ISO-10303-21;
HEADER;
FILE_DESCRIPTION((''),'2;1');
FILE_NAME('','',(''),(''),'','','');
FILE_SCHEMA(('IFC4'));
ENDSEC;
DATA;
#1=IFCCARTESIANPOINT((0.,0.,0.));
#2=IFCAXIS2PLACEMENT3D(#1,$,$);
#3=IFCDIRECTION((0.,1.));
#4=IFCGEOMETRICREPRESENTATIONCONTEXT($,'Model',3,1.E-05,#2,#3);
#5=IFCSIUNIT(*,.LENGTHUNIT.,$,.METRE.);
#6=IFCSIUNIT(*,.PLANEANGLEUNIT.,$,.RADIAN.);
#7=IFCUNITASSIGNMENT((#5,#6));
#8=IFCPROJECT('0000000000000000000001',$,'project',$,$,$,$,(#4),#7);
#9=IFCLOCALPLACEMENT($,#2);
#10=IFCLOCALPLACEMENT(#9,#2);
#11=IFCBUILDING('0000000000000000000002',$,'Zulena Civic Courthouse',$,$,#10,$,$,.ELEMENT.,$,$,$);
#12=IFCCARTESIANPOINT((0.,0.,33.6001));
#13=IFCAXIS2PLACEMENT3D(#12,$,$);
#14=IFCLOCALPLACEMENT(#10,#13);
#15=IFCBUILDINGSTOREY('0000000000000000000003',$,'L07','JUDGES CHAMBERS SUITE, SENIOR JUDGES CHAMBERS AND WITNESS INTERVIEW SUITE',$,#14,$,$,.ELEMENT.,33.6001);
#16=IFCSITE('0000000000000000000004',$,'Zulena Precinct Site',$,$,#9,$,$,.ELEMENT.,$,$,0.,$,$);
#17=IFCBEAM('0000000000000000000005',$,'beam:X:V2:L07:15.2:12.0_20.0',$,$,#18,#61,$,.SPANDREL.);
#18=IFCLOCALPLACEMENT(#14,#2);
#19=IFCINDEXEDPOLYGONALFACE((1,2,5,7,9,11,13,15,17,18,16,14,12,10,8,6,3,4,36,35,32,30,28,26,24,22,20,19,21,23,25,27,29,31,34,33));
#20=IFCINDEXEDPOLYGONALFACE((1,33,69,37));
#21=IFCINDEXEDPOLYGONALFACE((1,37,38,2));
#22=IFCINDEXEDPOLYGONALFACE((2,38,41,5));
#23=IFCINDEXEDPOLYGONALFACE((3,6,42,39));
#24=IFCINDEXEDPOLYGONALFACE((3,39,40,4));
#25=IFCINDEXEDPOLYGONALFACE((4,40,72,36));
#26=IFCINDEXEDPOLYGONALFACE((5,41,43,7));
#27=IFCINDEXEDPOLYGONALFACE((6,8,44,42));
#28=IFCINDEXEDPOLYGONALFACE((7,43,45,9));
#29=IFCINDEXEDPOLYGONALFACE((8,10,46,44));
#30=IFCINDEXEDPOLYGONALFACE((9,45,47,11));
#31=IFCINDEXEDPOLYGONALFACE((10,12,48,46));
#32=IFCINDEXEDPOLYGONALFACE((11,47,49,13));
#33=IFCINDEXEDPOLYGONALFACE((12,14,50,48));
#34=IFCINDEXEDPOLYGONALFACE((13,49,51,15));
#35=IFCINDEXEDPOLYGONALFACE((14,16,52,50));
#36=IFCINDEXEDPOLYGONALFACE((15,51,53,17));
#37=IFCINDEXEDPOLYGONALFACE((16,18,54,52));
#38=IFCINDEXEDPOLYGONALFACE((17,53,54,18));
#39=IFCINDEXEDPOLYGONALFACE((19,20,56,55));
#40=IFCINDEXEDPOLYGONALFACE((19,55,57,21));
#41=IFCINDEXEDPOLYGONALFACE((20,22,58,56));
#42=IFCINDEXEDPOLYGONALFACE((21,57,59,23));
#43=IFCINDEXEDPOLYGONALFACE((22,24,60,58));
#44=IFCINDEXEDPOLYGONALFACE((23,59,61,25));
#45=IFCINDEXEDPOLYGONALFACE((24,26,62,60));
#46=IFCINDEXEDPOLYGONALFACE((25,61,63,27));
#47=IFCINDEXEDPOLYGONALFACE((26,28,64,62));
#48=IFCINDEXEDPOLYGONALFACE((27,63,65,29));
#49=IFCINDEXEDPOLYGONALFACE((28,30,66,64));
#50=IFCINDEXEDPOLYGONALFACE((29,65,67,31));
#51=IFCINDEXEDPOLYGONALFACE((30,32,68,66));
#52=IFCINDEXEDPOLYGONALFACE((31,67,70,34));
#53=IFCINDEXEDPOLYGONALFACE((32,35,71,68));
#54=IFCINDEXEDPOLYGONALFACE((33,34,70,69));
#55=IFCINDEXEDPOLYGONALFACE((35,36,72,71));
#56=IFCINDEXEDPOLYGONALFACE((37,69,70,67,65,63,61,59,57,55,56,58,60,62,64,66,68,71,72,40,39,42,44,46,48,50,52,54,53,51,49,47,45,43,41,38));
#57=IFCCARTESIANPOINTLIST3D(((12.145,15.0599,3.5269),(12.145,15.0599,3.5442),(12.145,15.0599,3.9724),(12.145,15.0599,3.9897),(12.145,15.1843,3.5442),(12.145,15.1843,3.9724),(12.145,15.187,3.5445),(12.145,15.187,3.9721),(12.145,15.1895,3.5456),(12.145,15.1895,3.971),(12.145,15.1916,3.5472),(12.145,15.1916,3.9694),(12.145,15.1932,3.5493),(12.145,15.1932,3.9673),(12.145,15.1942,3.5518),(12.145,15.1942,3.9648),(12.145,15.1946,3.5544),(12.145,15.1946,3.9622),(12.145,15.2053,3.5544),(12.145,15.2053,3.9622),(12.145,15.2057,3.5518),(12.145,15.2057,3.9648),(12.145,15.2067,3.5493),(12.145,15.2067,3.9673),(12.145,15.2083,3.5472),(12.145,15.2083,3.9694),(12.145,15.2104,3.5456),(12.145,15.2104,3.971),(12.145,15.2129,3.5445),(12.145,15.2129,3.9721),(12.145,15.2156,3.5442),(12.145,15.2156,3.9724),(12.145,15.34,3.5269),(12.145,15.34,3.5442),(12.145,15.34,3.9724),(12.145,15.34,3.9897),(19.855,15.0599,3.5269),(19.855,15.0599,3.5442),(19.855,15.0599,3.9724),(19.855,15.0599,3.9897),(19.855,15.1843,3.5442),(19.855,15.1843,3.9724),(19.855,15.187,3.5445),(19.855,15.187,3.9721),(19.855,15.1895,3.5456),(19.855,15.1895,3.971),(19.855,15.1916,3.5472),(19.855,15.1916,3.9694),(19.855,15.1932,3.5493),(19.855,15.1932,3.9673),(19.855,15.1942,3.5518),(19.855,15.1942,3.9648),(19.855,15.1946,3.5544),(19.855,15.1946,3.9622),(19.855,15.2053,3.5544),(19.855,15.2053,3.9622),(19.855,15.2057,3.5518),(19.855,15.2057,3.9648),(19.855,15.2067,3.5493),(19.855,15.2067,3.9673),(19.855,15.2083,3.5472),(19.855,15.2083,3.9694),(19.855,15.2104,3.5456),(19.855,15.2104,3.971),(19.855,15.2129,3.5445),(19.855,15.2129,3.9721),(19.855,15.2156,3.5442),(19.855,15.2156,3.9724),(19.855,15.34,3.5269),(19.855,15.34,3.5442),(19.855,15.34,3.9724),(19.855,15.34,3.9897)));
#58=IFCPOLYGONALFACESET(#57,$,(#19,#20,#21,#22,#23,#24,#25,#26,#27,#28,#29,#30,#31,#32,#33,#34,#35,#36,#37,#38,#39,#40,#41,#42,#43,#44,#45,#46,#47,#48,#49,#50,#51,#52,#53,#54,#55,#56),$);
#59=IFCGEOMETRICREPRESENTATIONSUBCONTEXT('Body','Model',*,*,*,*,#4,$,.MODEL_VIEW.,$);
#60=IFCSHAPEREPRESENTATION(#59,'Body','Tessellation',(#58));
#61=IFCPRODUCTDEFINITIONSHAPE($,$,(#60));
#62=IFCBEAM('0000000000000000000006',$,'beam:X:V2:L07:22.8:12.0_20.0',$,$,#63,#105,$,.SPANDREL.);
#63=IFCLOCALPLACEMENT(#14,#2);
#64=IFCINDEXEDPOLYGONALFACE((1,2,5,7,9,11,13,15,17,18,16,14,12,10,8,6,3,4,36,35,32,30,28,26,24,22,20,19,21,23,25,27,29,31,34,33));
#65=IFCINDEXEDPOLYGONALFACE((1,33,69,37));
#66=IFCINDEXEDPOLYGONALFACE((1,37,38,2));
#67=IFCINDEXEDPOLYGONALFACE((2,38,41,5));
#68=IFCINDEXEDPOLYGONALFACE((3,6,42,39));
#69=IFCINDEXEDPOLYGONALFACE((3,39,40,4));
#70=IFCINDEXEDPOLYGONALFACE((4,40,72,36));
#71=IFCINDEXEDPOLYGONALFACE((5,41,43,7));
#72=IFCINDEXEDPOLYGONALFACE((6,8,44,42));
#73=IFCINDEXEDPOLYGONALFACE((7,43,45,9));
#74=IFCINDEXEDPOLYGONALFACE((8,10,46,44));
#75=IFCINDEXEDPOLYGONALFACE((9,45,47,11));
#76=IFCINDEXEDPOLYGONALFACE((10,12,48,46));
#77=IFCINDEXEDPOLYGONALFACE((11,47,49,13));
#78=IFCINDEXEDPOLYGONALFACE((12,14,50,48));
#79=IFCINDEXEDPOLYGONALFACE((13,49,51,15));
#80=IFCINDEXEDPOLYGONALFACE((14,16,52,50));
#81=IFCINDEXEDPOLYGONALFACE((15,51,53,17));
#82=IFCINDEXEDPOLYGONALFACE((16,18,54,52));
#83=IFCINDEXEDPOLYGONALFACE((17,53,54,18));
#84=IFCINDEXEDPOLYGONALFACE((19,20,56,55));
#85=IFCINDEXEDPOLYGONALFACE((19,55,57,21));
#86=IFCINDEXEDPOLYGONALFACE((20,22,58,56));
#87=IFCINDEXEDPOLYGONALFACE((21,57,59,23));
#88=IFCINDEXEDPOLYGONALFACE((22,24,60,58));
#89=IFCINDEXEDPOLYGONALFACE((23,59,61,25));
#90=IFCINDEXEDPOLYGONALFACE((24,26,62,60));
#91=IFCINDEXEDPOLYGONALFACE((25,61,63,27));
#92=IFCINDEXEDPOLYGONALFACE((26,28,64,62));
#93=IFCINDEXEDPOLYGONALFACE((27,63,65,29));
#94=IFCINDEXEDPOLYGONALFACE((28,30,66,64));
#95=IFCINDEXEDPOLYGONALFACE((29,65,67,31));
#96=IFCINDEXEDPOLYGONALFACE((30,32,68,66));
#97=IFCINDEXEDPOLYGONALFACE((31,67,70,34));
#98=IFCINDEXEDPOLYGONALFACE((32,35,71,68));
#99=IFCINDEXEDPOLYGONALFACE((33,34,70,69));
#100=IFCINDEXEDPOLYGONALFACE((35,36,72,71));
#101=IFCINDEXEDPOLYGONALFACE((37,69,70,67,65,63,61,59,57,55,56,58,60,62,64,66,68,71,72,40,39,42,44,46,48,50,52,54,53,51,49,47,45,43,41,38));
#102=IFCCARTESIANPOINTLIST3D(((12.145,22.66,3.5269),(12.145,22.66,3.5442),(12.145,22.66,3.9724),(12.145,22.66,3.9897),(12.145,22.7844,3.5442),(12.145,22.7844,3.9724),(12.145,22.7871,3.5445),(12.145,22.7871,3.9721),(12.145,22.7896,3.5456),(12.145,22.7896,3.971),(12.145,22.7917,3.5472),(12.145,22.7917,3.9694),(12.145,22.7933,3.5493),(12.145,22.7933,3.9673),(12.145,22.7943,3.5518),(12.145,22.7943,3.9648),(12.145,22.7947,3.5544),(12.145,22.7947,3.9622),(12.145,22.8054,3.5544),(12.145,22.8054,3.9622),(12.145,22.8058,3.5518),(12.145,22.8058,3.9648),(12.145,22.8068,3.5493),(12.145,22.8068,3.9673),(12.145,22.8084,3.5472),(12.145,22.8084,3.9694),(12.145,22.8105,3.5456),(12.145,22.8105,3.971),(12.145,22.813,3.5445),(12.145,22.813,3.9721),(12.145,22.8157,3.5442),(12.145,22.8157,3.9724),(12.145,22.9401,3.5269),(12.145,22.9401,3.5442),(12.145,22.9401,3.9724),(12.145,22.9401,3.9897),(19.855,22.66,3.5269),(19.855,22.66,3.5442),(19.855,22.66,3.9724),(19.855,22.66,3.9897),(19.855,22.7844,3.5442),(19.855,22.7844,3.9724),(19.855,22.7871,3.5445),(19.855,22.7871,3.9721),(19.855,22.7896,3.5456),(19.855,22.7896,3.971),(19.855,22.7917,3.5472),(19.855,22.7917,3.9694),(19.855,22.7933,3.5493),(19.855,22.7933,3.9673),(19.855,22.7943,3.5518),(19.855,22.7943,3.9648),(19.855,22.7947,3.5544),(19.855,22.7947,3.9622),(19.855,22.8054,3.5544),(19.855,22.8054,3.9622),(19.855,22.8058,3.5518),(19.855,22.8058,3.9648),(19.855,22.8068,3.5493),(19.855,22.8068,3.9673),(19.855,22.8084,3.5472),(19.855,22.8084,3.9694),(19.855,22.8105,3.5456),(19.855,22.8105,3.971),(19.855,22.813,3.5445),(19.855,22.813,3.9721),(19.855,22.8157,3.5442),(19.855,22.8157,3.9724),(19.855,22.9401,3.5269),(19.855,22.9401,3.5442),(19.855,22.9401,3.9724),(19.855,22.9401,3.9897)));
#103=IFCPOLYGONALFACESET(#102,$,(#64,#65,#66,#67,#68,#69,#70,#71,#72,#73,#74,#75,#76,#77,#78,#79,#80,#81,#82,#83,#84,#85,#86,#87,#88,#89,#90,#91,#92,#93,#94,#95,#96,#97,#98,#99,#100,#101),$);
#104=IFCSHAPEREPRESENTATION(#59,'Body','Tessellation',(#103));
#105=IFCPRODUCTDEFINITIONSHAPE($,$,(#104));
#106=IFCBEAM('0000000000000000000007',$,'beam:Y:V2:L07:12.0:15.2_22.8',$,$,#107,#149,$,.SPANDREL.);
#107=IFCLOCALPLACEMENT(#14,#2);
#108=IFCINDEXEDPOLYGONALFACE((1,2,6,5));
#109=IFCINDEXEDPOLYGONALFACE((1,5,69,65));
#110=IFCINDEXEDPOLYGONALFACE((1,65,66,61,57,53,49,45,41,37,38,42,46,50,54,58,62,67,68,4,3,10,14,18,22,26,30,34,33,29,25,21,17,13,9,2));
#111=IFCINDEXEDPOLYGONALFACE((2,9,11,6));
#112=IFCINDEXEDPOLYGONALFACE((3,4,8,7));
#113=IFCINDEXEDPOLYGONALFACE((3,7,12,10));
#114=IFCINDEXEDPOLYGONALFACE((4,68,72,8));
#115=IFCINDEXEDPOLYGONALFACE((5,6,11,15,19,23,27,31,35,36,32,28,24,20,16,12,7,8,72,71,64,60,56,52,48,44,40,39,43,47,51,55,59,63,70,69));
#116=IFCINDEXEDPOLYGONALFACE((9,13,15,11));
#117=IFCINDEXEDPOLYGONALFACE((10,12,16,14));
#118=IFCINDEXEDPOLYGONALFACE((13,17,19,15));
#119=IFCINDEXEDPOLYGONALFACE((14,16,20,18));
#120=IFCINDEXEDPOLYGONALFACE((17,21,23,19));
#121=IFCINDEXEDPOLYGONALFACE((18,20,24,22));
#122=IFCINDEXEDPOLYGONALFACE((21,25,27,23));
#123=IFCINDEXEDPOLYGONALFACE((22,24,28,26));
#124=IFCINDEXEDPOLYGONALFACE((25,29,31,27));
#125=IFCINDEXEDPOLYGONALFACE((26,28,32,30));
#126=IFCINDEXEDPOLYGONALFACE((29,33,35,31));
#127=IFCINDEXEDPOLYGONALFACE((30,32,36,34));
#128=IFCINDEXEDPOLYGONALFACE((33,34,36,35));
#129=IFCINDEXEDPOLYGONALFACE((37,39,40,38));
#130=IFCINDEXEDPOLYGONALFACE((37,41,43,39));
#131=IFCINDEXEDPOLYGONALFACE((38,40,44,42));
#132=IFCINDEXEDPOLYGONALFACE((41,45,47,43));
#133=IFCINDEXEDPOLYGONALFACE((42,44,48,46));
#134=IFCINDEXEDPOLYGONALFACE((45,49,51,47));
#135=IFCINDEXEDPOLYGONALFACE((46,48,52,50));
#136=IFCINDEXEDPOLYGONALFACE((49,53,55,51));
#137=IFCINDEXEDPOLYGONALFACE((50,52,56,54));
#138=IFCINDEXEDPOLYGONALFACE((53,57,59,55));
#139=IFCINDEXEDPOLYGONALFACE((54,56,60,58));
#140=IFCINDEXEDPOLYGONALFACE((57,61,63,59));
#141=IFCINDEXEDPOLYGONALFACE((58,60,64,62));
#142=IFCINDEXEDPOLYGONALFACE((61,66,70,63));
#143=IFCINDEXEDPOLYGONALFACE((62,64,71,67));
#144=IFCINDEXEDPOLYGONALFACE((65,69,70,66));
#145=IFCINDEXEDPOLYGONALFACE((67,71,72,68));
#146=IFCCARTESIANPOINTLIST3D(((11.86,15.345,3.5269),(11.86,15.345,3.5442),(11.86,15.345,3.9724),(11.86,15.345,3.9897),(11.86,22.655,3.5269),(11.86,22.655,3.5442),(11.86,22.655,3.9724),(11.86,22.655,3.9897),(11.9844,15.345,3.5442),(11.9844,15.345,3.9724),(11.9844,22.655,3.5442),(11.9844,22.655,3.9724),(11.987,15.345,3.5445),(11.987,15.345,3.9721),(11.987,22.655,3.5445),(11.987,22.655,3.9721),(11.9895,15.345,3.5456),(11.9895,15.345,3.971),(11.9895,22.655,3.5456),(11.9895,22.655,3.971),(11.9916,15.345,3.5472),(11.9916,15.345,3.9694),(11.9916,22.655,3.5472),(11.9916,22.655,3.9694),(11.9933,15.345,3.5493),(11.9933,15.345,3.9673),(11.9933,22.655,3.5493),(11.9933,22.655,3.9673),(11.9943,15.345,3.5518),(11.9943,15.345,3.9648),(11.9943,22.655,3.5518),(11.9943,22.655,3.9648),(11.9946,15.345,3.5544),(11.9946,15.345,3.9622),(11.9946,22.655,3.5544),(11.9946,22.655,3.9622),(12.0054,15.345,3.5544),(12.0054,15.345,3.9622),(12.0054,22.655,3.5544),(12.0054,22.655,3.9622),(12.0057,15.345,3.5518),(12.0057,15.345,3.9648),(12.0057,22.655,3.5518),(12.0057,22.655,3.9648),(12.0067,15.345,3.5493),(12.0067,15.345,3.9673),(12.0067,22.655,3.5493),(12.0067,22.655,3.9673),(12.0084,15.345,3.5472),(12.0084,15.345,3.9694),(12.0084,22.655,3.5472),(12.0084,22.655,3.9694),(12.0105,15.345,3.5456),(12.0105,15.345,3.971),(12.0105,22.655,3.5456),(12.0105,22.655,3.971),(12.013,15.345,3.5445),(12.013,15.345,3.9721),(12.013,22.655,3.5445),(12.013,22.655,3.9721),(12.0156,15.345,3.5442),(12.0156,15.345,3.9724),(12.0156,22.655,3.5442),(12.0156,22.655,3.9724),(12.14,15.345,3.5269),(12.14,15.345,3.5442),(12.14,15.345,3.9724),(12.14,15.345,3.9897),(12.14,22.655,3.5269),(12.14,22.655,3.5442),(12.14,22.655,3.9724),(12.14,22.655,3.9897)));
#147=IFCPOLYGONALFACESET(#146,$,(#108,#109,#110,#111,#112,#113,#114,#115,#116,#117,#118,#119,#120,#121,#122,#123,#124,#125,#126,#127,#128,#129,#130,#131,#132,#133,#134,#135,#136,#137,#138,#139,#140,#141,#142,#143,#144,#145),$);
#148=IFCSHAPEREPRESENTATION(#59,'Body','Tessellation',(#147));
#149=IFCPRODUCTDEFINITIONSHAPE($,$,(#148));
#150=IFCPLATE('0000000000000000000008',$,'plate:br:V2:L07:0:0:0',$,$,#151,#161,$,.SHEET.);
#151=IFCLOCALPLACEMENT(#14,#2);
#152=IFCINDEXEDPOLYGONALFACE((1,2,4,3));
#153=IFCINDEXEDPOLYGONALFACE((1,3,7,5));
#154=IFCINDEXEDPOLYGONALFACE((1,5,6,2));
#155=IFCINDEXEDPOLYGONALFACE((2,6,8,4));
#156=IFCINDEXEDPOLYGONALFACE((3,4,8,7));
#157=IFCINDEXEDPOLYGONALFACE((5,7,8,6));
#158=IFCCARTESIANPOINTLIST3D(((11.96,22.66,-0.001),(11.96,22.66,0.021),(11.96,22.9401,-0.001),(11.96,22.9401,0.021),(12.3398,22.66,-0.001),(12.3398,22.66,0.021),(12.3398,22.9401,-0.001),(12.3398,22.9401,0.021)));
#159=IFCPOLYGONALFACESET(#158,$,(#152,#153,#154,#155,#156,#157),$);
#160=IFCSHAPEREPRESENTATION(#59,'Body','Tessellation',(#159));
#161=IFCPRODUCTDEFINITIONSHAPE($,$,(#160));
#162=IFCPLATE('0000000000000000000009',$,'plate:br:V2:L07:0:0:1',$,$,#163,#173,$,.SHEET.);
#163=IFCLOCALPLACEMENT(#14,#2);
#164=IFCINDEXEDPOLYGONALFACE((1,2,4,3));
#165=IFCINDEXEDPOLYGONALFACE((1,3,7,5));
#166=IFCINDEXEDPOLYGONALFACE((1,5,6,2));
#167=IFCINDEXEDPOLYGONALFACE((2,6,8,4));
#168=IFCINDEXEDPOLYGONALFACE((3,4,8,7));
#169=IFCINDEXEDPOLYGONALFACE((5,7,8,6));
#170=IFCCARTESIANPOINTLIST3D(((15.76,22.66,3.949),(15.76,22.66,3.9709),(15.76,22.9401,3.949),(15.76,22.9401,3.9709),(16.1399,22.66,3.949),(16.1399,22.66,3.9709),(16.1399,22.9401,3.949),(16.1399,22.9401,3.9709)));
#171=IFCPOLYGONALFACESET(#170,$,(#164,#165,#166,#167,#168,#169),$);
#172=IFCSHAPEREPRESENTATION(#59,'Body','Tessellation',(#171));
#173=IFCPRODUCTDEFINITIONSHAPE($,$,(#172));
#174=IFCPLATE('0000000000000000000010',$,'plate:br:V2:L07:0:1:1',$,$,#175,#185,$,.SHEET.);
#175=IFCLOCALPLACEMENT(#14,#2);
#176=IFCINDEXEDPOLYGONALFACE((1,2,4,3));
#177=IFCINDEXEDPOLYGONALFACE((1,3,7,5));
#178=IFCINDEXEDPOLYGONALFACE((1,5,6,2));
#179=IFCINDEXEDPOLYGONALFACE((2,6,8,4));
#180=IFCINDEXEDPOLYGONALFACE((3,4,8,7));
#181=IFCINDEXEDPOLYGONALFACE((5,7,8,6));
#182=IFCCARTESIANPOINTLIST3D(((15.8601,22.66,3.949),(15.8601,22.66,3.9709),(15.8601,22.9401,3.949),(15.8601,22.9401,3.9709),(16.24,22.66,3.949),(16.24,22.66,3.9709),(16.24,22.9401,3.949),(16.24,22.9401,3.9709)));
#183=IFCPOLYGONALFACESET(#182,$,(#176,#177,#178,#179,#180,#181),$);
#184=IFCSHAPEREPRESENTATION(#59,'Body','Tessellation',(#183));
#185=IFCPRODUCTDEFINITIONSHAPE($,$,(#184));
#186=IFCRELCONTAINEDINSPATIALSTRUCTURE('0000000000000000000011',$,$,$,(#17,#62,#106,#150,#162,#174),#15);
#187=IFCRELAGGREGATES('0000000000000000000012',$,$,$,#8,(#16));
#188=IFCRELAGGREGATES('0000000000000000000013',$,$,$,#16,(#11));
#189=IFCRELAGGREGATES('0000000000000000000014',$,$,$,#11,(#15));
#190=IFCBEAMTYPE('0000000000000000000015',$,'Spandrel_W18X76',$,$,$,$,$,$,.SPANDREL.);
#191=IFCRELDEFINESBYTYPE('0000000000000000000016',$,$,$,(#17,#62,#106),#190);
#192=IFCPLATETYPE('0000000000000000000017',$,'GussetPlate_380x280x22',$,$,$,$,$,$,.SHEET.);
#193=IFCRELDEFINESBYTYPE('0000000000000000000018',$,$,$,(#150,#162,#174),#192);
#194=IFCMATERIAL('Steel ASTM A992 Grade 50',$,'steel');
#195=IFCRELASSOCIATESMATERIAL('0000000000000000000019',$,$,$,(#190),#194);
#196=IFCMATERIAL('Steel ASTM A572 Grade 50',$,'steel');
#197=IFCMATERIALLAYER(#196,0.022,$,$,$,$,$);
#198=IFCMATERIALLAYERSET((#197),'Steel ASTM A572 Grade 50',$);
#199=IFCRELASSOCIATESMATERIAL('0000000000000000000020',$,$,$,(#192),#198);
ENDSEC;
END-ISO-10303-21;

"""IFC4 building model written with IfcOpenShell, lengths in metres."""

from ifc_helpers import new_model, si_unit, direction, frame, origin, origin_2d, place, context, subcontext, project, spatial, rectangle, i_section, extrude, material, layer, layer_set, material_profile, profile_set, type_object, element, save


model = new_model("IFC4")

# Units and contexts
model_context = context("Model", 3, precision=1e-05, world=origin(), true_north=direction((0.0, 1.0)))
body_context = subcontext(model_context, "Body", "Model", "MODEL_VIEW")
ifc_project = project(units=[si_unit("LENGTHUNIT", "METRE"), si_unit("PLANEANGLEUNIT", "RADIAN")], contexts=[model_context])

# Site, building, storey
site_placement = place(None, origin())
site = spatial("IfcSite", under=ifc_project, at=site_placement, Name="Zulena Precinct Site", CompositionType="ELEMENT", RefElevation=0.0)
building_placement = place(site_placement, origin())
building = spatial("IfcBuilding", under=site, at=building_placement, Name="Zulena Civic Courthouse", CompositionType="ELEMENT")
storey_placement = place(building_placement, frame((0.0, 0.0, 33.6001)))
storey = spatial("IfcBuildingStorey", under=building, at=storey_placement, Name="L07", Description="JUDGES CHAMBERS SUITE, SENIOR JUDGES CHAMBERS AND WITNESS INTERVIEW SUITE", CompositionType="ELEMENT", Elevation=33.6001)

# Shared definitions
ifc_material_1 = material(Name="Steel ASTM A992 Grade 50", Category="steel")

# Beams
ifc_material_profile_1 = material_profile(ifc_material_1, i_section(OverallWidth=0.28, OverallDepth=0.4629, WebThickness=0.0107, FlangeThickness=0.0173, FilletRadius=0.0103, at=origin_2d()), Name="W18X76")
ifc_profile_set_1 = profile_set([ifc_material_profile_1], Name="Steel ASTM A992 Grade 50")
beam_type_1 = type_object("IfcBeamType", Name="Spandrel_W18X76", PredefinedType="SPANDREL", material=ifc_profile_set_1)
for number, where, z_axis, x_axis, name in (
    (1, (12.145, 15.2, 3.7583), (1.0, 0.0, 0.0), (0.0, 1.0, 0.0), "beam:X:V2:L07:15.2:12.0_20.0"),
    (2, (12.145, 22.8, 3.7583), (1.0, 0.0, 0.0), (0.0, 1.0, 0.0), "beam:X:V2:L07:22.8:12.0_20.0"),
):
    element("IfcBeam", number, at=place(storey_placement, frame(where, z_axis=z_axis, x_axis=x_axis)), inside=storey, type_object=beam_type_1, Name=name, PredefinedType="SPANDREL", context=body_context, shape_type="SweptSolid", body=[
        extrude(i_section(OverallWidth=0.28, OverallDepth=0.4629, WebThickness=0.0107, FlangeThickness=0.0173, FilletRadius=0.0103, at=origin_2d()), origin(), (0.0, 0.0, 1.0), 7.71),
    ])
beam_1_placement = place(storey_placement, frame((12.0, 15.345, 3.7583), z_axis=(0.0, 1.0, 0.0), x_axis=(-1.0, 0.0, 0.0)))
element("IfcBeam", 3, at=beam_1_placement, inside=storey, type_object=beam_type_1, Name="beam:Y:V2:L07:12.0:15.2_22.8", PredefinedType="SPANDREL", context=body_context, shape_type="SweptSolid", body=[
    extrude(i_section(OverallWidth=0.28, OverallDepth=0.4629, WebThickness=0.0107, FlangeThickness=0.0173, FilletRadius=0.0103, at=origin_2d()), origin(), (0.0, 0.0, 1.0), 7.3101),
])

# Plates
ifc_material_2 = material(Name="Steel ASTM A572 Grade 50", Category="steel")
ifc_layer_1 = layer(ifc_material_2, 0.022)
ifc_layer_set_1 = layer_set([ifc_layer_1], Name="Steel ASTM A572 Grade 50")
plate_type = type_object("IfcPlateType", Name="GussetPlate_380x280x22", PredefinedType="SHEET", material=ifc_layer_set_1)
for number, where, z_axis, x_axis, name in (
    (4, (12.1499, 22.8, -0.001), (0.0, 0.0, 1.0), (1.0, 0.0, 0.0), "plate:br:V2:L07:0:0:0"),
    (5, (15.95, 22.8, 3.949), (0.0, 0.0, 1.0), (1.0, 0.0, 0.0), "plate:br:V2:L07:0:0:1"),
    (6, (16.05, 22.8, 3.949), (0.0, 0.0, 1.0), (1.0, 0.0, 0.0), "plate:br:V2:L07:0:1:1"),
):
    element("IfcPlate", number, at=place(storey_placement, frame(where, z_axis=z_axis, x_axis=x_axis)), inside=storey, type_object=plate_type, Name=name, PredefinedType="SHEET", context=body_context, shape_type="SweptSolid", body=[
        extrude(rectangle(XDim=0.3799, YDim=0.28, at=origin_2d()), origin(), (0.0, 0.0, 1.0), 0.022),
    ])

save(model, "model.ifc")
